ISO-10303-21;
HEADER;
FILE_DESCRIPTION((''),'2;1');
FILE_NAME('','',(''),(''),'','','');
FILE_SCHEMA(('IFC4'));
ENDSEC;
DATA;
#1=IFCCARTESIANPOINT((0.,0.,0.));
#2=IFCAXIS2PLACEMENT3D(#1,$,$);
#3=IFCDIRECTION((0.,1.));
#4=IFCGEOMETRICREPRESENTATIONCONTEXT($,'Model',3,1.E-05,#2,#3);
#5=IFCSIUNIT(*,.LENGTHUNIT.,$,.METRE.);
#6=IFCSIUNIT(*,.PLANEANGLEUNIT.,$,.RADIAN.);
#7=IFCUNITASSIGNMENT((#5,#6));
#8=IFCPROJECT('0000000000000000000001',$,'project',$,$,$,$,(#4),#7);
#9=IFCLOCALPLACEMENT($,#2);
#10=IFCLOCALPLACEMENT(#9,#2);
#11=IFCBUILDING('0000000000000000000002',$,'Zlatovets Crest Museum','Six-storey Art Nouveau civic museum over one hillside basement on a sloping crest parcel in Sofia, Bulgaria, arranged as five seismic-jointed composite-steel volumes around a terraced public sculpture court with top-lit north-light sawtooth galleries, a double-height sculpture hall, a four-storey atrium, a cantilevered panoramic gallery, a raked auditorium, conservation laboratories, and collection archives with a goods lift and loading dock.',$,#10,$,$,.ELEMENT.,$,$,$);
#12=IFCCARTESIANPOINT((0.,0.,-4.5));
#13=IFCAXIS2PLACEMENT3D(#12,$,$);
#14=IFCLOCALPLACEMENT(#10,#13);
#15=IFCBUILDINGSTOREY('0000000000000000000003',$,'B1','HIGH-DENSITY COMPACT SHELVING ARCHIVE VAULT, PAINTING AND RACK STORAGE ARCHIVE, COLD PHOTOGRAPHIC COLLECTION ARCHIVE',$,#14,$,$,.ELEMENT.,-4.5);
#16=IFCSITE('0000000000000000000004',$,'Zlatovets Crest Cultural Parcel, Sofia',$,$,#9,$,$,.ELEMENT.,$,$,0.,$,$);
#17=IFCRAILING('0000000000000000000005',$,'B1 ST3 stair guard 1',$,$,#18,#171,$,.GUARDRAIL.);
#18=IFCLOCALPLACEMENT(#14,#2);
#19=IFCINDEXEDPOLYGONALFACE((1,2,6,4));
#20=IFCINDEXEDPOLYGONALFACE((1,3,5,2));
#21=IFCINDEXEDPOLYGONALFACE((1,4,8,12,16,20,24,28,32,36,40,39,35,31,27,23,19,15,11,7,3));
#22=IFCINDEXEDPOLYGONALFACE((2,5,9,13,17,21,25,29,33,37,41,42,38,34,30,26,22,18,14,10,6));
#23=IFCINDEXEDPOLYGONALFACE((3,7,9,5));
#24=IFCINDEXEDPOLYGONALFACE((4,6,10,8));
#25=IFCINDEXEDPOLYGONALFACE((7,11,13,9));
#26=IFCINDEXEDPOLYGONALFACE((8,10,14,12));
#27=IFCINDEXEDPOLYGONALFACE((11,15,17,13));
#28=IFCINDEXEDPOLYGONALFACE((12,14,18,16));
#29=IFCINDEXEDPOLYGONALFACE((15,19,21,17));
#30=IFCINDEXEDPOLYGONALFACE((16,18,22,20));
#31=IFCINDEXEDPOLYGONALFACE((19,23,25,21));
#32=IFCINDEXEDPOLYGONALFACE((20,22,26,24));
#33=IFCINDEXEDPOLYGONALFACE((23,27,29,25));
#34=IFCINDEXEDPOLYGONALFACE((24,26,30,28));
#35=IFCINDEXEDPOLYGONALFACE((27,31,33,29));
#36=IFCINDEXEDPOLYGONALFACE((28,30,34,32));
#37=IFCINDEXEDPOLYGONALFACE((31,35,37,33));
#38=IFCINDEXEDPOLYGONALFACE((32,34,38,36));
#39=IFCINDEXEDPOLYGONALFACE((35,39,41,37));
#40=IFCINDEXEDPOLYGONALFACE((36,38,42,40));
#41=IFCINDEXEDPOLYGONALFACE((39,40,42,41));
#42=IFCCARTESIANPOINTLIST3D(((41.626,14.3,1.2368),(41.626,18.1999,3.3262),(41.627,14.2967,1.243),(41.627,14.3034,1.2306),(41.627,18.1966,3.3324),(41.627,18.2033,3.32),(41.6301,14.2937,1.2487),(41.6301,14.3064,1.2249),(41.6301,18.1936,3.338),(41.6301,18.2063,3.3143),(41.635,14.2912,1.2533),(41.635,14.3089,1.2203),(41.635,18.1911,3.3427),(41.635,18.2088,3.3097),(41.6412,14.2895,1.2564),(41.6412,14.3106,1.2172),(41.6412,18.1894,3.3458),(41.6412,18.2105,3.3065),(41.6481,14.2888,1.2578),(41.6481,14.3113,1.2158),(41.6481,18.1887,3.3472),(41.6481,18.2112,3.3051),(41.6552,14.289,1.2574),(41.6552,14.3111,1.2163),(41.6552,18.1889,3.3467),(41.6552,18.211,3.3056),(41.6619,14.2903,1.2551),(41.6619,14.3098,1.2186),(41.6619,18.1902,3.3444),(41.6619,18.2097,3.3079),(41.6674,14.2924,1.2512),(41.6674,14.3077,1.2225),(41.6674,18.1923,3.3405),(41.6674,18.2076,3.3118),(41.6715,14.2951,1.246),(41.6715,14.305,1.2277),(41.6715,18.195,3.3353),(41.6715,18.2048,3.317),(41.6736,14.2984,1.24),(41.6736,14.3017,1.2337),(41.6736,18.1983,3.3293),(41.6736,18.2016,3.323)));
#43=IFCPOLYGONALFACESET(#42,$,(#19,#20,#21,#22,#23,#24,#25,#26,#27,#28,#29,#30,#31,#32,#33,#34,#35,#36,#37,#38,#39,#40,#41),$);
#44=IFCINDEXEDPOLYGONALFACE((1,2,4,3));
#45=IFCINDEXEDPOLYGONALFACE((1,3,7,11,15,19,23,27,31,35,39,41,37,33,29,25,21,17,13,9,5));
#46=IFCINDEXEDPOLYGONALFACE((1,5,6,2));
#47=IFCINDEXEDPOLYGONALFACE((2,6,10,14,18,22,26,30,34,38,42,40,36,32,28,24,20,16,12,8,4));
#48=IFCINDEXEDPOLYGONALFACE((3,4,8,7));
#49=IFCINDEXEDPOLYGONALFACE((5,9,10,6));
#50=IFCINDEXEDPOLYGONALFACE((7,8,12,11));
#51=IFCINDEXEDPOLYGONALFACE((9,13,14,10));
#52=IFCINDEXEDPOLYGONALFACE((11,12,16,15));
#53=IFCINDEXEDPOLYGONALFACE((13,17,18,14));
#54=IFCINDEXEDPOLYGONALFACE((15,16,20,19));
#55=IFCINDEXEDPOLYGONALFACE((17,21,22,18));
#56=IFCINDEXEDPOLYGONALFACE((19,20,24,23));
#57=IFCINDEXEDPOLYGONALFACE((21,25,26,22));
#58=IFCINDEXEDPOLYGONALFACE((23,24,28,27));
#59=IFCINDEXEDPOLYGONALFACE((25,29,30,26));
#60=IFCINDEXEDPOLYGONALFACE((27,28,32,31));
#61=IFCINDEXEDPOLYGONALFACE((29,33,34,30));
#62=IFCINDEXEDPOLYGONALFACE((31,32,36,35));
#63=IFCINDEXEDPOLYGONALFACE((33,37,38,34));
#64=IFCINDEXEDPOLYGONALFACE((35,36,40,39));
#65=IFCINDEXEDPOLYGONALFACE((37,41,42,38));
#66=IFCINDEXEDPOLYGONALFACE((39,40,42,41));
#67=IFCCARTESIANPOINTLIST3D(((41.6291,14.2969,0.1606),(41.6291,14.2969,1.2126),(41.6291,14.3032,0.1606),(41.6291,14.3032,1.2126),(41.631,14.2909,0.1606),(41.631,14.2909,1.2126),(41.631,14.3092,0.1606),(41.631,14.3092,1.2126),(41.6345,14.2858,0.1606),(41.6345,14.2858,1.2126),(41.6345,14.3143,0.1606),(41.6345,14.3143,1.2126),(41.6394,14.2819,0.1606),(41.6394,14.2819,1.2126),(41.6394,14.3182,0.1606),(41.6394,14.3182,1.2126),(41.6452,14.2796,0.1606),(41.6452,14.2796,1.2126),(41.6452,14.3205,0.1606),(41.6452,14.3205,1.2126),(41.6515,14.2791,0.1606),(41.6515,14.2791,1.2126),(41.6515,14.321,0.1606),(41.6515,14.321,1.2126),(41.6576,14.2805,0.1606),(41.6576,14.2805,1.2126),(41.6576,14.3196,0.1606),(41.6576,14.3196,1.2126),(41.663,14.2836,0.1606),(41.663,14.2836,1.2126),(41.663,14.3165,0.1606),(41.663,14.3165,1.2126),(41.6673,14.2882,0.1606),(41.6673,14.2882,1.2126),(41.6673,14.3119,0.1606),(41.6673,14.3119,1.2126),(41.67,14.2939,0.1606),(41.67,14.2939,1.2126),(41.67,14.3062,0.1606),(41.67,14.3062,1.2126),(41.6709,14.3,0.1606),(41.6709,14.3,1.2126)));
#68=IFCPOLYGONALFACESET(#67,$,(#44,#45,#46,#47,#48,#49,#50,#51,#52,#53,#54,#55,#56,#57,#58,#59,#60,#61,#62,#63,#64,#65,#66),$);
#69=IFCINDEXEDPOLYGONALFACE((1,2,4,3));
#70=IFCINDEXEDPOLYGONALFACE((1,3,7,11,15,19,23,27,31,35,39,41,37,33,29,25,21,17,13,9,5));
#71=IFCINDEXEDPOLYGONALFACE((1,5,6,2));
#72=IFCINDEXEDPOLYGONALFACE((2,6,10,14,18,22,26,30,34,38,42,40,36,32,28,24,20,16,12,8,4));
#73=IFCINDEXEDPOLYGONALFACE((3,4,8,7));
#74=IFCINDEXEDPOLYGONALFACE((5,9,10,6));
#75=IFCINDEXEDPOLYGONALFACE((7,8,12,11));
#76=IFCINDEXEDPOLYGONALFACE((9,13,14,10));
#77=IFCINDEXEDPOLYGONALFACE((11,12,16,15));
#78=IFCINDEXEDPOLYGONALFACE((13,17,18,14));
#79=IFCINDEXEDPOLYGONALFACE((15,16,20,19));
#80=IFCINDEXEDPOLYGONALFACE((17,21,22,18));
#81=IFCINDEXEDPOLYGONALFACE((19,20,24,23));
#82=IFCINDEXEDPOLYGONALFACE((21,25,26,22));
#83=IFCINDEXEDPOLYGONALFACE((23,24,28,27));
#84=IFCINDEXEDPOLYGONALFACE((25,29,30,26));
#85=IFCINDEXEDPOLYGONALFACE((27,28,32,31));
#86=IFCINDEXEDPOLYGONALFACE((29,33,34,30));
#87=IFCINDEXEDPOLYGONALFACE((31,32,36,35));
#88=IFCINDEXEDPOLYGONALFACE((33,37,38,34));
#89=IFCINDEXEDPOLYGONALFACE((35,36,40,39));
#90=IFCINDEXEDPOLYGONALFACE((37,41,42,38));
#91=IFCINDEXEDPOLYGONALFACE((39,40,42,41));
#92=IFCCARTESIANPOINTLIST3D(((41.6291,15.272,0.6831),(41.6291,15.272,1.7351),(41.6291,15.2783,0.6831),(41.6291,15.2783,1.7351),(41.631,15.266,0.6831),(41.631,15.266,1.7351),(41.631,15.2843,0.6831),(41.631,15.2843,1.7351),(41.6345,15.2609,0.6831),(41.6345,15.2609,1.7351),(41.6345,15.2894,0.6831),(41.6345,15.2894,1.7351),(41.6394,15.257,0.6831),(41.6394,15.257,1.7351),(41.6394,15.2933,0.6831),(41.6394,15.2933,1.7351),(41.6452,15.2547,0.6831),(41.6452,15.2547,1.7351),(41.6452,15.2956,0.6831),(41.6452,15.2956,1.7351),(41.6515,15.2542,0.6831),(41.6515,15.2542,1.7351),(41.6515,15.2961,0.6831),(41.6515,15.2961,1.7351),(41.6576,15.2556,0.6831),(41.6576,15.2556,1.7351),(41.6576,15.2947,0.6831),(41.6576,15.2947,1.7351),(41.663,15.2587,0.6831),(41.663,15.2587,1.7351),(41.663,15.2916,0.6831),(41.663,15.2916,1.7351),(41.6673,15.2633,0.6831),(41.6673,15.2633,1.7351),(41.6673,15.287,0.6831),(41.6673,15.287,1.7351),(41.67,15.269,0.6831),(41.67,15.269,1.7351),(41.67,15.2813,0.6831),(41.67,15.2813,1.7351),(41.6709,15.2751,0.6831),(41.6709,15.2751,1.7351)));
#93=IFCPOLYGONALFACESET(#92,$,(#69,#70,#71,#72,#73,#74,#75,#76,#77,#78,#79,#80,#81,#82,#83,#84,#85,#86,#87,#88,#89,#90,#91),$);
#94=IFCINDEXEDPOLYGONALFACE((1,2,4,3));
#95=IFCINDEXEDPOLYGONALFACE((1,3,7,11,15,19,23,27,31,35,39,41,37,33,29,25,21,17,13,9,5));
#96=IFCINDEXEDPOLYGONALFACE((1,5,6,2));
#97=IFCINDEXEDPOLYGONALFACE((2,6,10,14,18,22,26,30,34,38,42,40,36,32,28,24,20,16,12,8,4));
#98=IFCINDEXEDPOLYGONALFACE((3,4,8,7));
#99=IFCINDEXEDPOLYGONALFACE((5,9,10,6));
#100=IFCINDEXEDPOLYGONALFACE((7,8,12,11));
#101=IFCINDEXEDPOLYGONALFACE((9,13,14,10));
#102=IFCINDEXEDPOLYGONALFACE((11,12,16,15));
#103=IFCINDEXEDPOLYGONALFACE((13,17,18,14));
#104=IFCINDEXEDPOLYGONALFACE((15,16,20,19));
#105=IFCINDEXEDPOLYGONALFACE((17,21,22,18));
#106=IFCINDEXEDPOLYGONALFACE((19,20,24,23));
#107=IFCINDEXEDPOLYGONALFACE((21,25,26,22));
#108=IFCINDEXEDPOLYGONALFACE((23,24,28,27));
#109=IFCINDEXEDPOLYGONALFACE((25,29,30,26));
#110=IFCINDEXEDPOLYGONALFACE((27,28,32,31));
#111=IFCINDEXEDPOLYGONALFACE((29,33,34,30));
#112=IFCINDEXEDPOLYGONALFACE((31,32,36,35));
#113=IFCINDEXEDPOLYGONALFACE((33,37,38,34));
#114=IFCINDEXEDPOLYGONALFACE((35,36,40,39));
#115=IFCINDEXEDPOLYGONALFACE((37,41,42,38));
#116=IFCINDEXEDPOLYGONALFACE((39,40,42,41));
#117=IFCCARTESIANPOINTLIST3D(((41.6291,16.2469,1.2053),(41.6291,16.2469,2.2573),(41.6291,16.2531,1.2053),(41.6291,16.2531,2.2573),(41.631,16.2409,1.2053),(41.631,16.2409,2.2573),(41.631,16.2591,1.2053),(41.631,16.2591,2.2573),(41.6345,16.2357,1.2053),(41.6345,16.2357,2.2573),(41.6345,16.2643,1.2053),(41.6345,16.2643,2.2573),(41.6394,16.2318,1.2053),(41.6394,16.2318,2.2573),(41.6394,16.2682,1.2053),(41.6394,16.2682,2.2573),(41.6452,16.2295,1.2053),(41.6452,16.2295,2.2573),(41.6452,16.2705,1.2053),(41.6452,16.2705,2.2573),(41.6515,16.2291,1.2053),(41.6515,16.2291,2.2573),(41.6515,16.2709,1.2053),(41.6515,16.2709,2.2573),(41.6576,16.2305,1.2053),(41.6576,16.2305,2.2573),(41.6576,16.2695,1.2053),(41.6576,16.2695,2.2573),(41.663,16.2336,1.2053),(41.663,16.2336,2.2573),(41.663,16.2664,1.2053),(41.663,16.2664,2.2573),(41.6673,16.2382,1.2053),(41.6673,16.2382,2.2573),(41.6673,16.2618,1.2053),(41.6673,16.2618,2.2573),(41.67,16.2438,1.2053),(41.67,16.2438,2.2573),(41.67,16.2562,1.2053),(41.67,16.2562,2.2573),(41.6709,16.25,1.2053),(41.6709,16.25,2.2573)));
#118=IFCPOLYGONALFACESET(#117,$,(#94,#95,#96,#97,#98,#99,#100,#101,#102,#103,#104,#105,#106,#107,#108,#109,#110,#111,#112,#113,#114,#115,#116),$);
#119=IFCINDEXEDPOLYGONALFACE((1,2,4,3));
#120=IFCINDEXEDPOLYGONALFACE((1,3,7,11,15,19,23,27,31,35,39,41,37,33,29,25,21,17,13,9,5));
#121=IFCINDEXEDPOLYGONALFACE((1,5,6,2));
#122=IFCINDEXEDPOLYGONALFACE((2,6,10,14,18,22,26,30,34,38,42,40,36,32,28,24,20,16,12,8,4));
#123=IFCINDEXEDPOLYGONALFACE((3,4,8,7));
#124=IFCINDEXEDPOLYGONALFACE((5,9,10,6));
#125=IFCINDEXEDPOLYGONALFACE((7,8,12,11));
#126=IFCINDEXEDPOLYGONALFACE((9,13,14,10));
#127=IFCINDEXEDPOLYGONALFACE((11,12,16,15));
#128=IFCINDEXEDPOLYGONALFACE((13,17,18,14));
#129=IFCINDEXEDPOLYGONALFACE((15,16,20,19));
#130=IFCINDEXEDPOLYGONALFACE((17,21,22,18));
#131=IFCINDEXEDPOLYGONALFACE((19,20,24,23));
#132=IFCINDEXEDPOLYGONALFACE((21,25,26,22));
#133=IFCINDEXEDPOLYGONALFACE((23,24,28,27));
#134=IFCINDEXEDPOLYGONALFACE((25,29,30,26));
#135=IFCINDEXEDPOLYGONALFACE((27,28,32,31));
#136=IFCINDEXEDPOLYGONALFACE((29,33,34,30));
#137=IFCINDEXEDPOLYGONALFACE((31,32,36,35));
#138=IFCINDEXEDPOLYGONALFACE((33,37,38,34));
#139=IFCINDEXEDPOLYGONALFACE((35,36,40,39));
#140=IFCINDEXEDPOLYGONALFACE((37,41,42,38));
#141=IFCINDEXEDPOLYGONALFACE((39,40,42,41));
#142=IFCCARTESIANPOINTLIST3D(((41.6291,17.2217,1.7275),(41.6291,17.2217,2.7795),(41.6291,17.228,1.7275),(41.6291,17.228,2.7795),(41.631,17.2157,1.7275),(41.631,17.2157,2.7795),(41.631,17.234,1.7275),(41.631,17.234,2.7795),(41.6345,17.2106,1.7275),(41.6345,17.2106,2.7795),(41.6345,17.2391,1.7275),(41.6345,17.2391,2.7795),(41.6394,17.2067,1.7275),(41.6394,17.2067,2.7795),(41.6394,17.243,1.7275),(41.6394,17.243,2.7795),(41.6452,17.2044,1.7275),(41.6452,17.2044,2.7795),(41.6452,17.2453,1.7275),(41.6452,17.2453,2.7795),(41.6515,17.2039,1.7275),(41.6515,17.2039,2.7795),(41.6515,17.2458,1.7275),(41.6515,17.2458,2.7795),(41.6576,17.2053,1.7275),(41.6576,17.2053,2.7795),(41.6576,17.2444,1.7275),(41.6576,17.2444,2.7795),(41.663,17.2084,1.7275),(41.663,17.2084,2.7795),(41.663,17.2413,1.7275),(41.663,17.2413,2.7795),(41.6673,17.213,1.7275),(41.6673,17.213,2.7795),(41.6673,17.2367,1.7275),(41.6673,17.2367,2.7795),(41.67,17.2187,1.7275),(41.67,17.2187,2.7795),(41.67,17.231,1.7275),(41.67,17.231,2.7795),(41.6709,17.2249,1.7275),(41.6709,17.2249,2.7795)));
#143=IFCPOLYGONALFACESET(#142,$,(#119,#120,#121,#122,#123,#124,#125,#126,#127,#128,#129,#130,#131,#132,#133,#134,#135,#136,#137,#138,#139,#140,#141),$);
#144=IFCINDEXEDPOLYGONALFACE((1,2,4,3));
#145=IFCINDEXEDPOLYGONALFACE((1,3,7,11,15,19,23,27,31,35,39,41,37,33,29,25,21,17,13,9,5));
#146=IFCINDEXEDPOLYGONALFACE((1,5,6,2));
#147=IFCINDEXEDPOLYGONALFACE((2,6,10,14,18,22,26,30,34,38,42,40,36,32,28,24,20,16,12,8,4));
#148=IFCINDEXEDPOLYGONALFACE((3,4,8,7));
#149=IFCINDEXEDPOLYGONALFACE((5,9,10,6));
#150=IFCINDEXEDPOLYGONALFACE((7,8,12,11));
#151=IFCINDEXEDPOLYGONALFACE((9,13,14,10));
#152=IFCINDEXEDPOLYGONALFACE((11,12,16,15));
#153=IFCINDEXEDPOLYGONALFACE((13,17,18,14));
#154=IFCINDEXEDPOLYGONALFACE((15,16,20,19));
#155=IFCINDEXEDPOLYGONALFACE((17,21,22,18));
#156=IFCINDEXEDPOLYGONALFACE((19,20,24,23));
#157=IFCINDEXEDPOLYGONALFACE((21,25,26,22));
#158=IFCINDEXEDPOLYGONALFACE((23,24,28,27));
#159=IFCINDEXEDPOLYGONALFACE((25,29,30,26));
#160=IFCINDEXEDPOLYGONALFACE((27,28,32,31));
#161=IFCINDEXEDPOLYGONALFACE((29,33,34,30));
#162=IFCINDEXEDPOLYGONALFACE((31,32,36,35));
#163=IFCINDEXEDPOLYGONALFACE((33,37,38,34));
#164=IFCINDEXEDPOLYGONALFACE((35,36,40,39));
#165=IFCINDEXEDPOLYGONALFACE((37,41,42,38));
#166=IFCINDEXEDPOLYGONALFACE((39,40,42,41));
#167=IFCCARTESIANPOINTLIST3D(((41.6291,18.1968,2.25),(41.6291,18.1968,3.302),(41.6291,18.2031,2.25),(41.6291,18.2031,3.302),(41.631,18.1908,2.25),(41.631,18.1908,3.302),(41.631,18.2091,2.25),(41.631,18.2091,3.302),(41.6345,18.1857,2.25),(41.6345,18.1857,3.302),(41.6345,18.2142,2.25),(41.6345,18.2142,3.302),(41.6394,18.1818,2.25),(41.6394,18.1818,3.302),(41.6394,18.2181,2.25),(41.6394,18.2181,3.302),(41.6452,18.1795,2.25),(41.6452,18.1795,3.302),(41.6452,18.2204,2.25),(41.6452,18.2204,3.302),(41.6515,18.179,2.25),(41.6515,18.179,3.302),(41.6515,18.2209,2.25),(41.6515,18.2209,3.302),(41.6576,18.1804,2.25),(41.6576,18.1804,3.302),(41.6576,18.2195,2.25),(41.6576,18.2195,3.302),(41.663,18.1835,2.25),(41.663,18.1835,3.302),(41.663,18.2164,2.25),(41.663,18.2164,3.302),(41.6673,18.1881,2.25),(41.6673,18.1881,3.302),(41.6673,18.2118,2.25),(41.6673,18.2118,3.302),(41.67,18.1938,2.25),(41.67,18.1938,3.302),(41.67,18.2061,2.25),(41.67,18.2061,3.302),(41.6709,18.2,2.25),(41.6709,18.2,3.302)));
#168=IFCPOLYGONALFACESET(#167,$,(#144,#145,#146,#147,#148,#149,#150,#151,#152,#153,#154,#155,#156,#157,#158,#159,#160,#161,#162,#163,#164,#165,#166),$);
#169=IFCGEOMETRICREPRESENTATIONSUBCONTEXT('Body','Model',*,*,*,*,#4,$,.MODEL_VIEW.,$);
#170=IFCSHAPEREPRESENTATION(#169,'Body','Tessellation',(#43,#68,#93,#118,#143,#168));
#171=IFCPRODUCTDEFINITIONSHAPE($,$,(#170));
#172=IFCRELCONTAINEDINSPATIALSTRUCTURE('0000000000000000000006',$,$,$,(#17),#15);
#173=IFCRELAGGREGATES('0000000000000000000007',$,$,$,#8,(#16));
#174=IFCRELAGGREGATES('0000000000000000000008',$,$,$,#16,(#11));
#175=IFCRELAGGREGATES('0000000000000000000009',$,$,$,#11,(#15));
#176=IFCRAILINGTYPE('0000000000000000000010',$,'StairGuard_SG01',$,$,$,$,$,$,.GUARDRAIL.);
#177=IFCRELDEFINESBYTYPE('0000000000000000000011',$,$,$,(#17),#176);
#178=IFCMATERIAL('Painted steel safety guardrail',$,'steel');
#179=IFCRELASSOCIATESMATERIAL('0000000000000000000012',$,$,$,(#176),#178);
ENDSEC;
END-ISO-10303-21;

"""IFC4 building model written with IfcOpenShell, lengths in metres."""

from ifc_helpers import new_model, si_unit, direction, frame, origin, origin_2d, place, context, subcontext, project, spatial, circle, extrude, material, type_object, element, save


model = new_model("IFC4")

# Units and contexts
model_context = context("Model", 3, precision=1e-05, world=origin(), true_north=direction((0.0, 1.0)))
body_context = subcontext(model_context, "Body", "Model", "MODEL_VIEW")
ifc_project = project(units=[si_unit("LENGTHUNIT", "METRE"), si_unit("PLANEANGLEUNIT", "RADIAN")], contexts=[model_context])

# Site, building, storey
site_placement = place(None, origin())
site = spatial("IfcSite", under=ifc_project, at=site_placement, Name="Zlatovets Crest Cultural Parcel, Sofia", CompositionType="ELEMENT", RefElevation=0.0)
building_placement = place(site_placement, origin())
building = spatial("IfcBuilding", under=site, at=building_placement, Name="Zlatovets Crest Museum", Description="Six-storey Art Nouveau civic museum over one hillside basement on a sloping crest parcel in Sofia, Bulgaria, arranged as five seismic-jointed composite-steel volumes around a terraced public sculpture court with top-lit north-light sawtooth galleries, a double-height sculpture hall, a four-storey atrium, a cantilevered panoramic gallery, a raked auditorium, conservation laboratories, and collection archives with a goods lift and loading dock.", CompositionType="ELEMENT")
storey_placement = place(building_placement, frame((0.0, 0.0, -4.5)))
storey = spatial("IfcBuildingStorey", under=building, at=storey_placement, Name="B1", Description="HIGH-DENSITY COMPACT SHELVING ARCHIVE VAULT, PAINTING AND RACK STORAGE ARCHIVE, COLD PHOTOGRAPHIC COLLECTION ARCHIVE", CompositionType="ELEMENT", Elevation=-4.5)

# Railing
ifc_material_1 = material(Name="Painted steel safety guardrail", Category="steel")
railing_type_1 = type_object("IfcRailingType", Name="StairGuard_SG01", PredefinedType="GUARDRAIL", material=ifc_material_1)
railing_1_placement = place(storey_placement, frame((41.6499, 14.3, 0.1606)))
element("IfcRailing", 1, at=railing_1_placement, inside=storey, type_object=railing_type_1, Name="B1 ST3 stair guard 1", PredefinedType="GUARDRAIL", context=body_context, shape_type="SweptSolid", body=[
    extrude(circle(Radius=0.0239, at=origin_2d()), frame((0.0, 0.0, 1.0762), z_axis=(0.0, 0.881468, 0.472243), x_axis=(-1.0, 0.0, 0.0)), (0.0, 0.0, 1.0), 4.4243),
    extrude(circle(Radius=0.021, at=origin_2d()), origin(), (0.0, 0.0, 1.0), 1.052),
    extrude(circle(Radius=0.021, at=origin_2d()), frame((0.0, 0.9751, 0.5225)), (0.0, 0.0, 1.0), 1.052),
    extrude(circle(Radius=0.021, at=origin_2d()), frame((0.0, 1.95, 1.0447)), (0.0, 0.0, 1.0), 1.052),
    extrude(circle(Radius=0.021, at=origin_2d()), frame((0.0, 2.9248, 1.5669)), (0.0, 0.0, 1.0), 1.052),
    extrude(circle(Radius=0.021, at=origin_2d()), frame((0.0, 3.8999, 2.0894)), (0.0, 0.0, 1.0), 1.052),
])

save(model, "model.ifc")
